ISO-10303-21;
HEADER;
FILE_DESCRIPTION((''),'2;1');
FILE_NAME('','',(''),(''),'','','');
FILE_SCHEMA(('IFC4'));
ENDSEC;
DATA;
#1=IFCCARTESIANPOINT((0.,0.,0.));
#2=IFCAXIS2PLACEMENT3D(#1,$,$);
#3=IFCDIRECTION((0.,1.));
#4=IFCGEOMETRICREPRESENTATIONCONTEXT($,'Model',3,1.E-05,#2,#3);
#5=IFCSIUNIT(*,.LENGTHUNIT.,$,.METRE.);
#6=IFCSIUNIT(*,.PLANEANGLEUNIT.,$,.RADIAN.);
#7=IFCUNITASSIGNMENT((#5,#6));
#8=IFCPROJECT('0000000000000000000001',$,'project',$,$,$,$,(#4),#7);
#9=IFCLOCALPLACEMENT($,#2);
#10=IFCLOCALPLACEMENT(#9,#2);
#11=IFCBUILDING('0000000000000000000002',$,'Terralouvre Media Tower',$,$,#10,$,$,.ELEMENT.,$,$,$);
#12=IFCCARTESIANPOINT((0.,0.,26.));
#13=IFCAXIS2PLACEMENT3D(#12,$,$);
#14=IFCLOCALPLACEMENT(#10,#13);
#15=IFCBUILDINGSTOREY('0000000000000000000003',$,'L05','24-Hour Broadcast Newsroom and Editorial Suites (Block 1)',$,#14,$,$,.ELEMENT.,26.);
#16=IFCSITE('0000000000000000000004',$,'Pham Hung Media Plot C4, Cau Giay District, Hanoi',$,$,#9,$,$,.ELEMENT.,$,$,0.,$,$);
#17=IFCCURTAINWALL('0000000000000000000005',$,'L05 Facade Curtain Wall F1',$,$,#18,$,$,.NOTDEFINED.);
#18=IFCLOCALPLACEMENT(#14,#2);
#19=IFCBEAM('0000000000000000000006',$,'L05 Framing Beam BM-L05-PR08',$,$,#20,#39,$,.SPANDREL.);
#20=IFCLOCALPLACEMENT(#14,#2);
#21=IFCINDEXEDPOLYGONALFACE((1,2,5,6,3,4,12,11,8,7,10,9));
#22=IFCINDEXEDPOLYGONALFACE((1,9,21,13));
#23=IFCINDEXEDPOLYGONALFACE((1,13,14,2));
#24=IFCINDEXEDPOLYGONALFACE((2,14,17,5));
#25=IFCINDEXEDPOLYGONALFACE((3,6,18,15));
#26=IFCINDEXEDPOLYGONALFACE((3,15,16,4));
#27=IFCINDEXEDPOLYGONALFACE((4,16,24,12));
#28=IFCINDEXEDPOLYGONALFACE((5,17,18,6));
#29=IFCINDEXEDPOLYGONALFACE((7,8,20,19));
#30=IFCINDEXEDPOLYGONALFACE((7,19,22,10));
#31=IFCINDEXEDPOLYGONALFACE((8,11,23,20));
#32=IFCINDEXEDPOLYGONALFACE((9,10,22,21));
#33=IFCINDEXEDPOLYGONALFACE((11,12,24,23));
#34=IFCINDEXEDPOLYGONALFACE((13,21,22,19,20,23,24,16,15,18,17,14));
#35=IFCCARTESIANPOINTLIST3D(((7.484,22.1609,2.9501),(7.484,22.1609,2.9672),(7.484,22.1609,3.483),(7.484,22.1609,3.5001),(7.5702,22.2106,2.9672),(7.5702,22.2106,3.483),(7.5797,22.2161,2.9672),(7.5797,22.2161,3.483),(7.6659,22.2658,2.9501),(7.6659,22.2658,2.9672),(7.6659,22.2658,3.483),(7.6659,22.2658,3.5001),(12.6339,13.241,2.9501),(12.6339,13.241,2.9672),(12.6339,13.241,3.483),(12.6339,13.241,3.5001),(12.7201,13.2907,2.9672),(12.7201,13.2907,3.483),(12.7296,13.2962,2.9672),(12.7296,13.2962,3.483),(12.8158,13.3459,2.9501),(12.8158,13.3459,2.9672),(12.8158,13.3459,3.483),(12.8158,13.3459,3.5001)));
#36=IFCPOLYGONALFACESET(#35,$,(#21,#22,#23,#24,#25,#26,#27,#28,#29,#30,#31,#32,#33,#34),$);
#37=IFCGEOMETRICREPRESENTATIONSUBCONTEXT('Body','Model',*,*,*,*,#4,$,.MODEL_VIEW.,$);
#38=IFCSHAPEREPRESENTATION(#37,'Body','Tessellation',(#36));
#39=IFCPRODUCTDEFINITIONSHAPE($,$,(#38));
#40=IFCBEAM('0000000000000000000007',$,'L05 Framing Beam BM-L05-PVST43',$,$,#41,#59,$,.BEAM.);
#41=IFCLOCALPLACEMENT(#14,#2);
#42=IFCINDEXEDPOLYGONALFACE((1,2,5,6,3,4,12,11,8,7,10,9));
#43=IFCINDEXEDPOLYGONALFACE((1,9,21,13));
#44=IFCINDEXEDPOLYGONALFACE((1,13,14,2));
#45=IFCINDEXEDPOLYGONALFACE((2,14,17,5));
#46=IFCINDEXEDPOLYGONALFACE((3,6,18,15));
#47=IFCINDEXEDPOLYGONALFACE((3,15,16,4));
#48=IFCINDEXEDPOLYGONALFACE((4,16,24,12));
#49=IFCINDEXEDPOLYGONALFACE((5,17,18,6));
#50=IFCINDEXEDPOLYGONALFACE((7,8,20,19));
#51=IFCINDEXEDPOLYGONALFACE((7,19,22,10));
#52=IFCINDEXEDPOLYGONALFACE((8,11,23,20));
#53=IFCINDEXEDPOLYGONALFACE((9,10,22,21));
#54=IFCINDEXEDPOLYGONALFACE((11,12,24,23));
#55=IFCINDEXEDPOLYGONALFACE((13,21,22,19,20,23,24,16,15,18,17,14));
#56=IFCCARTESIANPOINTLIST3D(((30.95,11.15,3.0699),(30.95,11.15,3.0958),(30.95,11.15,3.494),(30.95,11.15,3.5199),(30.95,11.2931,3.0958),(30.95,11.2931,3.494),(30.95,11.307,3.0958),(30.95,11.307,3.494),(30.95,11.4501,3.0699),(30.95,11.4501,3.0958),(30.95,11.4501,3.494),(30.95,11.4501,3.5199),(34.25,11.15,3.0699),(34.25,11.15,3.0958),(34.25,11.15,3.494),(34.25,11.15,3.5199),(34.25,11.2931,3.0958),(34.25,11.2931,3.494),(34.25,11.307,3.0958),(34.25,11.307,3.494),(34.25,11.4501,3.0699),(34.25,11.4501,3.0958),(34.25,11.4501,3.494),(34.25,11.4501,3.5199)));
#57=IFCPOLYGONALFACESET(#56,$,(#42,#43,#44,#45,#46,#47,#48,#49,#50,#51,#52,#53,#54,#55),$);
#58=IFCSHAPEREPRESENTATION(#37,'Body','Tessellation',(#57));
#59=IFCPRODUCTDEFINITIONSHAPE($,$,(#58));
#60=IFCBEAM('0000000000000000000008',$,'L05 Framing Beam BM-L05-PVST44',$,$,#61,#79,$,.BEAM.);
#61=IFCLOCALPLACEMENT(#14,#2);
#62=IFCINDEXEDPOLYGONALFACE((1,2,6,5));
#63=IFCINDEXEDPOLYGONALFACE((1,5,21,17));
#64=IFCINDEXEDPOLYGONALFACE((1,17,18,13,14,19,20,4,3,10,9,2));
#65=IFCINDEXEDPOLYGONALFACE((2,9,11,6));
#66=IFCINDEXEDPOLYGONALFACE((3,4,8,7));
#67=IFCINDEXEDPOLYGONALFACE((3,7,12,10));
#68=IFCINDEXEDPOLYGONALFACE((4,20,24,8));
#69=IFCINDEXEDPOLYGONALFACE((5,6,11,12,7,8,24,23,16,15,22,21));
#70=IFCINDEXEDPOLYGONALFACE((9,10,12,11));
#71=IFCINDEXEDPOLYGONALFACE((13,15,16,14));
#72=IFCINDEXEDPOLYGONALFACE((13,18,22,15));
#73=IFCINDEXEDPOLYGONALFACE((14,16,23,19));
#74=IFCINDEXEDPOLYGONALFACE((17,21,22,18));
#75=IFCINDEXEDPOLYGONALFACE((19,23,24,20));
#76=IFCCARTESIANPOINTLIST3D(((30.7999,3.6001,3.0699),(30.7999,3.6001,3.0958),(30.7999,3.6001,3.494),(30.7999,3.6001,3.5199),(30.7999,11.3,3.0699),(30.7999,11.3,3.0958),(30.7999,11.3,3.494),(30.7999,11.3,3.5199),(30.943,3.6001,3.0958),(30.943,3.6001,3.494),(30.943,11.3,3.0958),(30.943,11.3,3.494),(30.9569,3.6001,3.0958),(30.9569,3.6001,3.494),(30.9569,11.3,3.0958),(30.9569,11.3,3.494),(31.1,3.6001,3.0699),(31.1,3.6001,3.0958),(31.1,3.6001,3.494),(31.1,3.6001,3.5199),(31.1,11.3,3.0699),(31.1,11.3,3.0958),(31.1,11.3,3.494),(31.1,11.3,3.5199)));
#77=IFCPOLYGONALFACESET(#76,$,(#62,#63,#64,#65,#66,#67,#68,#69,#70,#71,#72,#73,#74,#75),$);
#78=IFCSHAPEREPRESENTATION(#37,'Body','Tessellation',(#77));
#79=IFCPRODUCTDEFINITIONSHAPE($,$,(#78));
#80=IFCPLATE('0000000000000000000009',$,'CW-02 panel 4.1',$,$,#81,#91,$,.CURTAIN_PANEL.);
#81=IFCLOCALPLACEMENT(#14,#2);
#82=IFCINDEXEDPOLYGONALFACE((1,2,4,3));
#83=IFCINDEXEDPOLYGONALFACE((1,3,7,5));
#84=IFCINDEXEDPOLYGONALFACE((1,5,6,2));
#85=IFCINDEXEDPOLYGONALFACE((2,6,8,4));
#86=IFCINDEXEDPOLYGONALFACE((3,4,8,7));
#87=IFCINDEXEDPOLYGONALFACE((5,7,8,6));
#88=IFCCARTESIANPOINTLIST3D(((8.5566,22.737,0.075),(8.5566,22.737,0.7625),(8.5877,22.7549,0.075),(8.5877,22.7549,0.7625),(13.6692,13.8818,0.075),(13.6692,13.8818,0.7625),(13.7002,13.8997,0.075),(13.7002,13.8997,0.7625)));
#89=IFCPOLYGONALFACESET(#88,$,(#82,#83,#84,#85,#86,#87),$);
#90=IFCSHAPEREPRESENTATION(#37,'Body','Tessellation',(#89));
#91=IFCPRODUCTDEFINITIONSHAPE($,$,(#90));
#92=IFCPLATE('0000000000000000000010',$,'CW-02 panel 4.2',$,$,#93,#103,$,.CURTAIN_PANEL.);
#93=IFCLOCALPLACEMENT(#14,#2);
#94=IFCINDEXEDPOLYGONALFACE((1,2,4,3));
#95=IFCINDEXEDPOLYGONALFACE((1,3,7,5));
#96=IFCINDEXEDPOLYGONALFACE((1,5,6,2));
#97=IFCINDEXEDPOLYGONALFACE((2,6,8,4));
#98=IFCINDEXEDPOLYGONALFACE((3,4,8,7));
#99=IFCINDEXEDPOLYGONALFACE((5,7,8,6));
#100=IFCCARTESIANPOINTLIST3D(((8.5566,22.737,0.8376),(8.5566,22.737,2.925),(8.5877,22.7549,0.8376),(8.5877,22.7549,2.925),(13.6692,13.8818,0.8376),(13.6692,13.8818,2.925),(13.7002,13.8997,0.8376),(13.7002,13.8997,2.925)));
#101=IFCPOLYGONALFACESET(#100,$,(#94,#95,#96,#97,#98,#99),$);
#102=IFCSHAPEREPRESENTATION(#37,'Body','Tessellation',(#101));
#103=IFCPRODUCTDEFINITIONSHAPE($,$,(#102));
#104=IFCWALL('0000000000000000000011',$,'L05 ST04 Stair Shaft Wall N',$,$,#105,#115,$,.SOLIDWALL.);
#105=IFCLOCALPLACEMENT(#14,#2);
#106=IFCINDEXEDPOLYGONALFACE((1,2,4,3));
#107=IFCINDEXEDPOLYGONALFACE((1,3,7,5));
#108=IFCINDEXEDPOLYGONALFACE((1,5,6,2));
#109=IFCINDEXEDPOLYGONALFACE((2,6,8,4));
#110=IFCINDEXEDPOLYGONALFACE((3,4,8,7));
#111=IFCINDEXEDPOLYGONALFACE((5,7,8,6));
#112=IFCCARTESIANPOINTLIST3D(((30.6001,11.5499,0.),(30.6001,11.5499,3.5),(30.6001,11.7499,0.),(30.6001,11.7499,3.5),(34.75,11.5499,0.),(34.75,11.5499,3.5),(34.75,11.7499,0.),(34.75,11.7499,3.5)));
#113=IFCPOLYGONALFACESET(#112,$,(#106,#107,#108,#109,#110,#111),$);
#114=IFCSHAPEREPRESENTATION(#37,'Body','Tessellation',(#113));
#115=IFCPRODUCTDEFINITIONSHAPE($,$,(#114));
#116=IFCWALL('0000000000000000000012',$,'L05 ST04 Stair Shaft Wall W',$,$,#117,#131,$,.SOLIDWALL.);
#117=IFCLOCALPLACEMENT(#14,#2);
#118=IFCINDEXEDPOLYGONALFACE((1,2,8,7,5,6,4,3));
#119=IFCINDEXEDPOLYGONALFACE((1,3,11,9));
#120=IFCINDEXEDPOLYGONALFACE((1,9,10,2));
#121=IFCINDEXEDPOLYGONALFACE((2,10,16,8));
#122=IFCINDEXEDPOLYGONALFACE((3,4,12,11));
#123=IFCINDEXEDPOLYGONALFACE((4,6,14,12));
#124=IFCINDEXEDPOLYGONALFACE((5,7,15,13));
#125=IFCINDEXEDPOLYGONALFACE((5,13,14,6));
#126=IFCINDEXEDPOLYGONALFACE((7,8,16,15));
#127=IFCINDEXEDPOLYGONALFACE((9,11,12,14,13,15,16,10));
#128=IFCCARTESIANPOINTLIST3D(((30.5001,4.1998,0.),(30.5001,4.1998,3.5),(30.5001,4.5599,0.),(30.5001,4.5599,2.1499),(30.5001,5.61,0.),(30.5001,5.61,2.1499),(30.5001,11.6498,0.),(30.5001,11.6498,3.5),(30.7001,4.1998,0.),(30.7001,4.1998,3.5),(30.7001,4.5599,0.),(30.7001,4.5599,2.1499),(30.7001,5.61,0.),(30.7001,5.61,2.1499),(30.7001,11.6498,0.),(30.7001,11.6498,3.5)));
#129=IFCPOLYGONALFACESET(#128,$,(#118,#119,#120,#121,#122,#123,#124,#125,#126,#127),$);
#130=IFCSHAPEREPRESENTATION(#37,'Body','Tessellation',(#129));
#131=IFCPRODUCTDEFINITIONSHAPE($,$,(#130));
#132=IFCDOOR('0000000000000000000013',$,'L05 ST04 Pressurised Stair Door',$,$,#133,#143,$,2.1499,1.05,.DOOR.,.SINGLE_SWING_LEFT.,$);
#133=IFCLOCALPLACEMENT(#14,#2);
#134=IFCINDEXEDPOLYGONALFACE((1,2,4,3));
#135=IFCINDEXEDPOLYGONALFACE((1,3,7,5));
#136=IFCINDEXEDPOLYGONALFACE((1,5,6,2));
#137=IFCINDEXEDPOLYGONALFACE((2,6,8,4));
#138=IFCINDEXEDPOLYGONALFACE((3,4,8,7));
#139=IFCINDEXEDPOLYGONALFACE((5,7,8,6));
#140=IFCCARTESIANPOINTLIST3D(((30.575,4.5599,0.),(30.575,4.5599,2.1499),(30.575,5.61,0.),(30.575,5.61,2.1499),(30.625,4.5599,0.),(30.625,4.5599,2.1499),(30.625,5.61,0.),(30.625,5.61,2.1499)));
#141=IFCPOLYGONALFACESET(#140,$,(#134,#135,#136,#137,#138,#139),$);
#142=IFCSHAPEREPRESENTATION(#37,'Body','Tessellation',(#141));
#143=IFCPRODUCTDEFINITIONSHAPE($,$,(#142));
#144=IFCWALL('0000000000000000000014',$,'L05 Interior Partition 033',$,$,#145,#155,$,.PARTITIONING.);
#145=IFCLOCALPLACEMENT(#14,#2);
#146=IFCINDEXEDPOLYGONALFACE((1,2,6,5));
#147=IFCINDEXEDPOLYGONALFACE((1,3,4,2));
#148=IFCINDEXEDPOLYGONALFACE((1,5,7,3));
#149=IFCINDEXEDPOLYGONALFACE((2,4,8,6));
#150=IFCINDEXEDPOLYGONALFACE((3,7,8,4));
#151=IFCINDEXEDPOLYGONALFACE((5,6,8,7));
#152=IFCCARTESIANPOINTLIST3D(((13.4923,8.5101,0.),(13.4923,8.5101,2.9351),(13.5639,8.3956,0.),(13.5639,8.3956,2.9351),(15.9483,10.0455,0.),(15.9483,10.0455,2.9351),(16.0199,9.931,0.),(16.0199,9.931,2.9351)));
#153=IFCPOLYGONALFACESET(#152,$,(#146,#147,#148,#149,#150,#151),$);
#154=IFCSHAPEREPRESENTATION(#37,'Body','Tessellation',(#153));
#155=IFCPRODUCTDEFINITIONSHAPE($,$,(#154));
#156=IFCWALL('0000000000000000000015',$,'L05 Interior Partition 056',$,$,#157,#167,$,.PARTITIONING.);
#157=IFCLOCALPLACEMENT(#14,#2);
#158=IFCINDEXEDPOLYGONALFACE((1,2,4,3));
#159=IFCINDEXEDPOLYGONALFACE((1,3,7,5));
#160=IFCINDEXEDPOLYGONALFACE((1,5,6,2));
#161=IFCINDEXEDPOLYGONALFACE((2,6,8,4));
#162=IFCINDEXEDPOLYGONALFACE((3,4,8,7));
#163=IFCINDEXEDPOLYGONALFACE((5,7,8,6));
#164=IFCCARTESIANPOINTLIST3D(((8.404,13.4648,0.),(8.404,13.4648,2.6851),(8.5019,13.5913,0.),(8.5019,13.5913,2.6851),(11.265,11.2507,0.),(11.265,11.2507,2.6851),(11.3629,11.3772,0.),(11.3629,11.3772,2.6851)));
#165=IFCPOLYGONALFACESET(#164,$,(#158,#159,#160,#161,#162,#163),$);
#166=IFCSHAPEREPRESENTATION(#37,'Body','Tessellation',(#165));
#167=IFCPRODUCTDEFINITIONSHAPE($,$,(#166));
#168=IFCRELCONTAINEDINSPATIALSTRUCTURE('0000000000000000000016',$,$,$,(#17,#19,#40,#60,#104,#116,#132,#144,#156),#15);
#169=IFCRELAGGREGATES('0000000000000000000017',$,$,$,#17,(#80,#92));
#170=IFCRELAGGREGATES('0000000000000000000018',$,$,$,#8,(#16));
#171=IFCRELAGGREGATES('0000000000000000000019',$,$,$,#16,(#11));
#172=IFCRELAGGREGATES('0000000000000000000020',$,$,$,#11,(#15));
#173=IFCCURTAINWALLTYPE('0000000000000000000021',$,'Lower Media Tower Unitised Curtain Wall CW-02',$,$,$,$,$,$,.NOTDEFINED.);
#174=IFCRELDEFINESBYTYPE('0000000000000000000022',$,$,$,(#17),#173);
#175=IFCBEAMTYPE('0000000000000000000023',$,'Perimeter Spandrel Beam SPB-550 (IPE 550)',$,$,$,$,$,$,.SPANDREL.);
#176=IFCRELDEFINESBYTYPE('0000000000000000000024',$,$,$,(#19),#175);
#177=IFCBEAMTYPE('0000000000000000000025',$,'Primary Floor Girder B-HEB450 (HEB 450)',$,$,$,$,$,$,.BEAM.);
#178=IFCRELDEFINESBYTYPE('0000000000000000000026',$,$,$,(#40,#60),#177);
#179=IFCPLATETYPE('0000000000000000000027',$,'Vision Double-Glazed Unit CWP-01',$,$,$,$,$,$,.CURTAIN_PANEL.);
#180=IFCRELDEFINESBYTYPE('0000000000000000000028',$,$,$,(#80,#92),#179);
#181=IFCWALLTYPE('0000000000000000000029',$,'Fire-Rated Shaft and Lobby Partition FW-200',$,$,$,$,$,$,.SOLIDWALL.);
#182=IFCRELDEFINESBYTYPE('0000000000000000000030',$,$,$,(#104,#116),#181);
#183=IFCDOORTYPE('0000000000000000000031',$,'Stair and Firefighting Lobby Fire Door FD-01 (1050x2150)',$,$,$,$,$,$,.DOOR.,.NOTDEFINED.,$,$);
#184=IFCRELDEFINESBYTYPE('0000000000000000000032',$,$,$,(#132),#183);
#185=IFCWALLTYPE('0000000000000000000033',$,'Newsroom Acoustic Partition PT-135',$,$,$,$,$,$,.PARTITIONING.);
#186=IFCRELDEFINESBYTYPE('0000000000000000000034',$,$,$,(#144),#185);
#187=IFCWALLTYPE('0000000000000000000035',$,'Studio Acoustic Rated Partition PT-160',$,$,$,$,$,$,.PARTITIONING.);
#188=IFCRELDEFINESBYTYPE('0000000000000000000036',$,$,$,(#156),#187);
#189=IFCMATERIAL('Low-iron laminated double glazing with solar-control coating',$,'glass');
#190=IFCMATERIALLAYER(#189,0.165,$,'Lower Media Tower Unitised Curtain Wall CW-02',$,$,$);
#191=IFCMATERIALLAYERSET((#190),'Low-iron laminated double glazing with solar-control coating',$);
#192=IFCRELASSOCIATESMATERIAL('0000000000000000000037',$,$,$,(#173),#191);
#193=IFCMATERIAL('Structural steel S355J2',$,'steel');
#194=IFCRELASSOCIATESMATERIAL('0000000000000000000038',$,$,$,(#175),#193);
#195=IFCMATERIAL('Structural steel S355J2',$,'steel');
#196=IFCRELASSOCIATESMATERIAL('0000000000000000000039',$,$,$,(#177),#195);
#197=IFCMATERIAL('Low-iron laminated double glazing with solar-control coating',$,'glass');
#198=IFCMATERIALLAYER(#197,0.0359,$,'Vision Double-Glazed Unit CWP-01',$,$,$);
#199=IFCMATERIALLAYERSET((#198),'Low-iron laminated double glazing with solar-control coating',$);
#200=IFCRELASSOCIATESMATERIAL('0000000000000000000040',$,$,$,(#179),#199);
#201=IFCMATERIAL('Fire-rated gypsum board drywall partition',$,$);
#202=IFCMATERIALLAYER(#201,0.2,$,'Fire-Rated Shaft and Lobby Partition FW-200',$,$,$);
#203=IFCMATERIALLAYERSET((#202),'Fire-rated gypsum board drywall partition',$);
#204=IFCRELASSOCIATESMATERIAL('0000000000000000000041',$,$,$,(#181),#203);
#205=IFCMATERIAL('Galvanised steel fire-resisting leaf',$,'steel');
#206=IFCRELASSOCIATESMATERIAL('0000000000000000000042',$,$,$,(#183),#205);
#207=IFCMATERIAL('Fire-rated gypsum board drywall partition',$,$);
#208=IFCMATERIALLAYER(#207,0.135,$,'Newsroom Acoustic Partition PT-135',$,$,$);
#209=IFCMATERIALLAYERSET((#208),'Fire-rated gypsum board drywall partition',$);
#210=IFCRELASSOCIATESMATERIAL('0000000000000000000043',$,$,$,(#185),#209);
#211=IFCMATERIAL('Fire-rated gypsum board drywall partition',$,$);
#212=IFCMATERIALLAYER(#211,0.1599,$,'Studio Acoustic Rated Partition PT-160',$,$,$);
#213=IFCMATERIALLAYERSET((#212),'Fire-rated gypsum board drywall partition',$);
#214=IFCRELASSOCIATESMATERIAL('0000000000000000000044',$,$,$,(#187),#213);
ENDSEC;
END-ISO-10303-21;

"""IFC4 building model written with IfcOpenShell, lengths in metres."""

from ifc_helpers import new_model, si_unit, direction, frame, frame_2d, origin, origin_2d, place, context, subcontext, project, spatial, rectangle, i_section, extrude, material, layer, layer_set, material_profile, profile_set, type_object, element, fill, aggregate, save


model = new_model("IFC4")

# Units and contexts
model_context = context("Model", 3, precision=1e-05, world=origin(), true_north=direction((0.0, 1.0)))
body_context = subcontext(model_context, "Body", "Model", "MODEL_VIEW")
ifc_project = project(units=[si_unit("LENGTHUNIT", "METRE"), si_unit("PLANEANGLEUNIT", "RADIAN")], contexts=[model_context])

# Site, building, storey
site_placement = place(None, origin())
site = spatial("IfcSite", under=ifc_project, at=site_placement, Name="Pham Hung Media Plot C4, Cau Giay District, Hanoi", CompositionType="ELEMENT", RefElevation=0.0)
building_placement = place(site_placement, origin())
building = spatial("IfcBuilding", under=site, at=building_placement, Name="Terralouvre Media Tower", CompositionType="ELEMENT")
storey_placement = place(building_placement, frame((0.0, 0.0, 26.0)))
storey = spatial("IfcBuildingStorey", under=building, at=storey_placement, Name="L05", Description="24-Hour Broadcast Newsroom and Editorial Suites (Block 1)", CompositionType="ELEMENT", Elevation=26.0)

# Curtain wall
ifc_material_1 = material(Name="Low-iron laminated double glazing with solar-control coating", Category="glass")
ifc_layer_1 = layer(ifc_material_1, 0.165, Name="Lower Media Tower Unitised Curtain Wall CW-02")
ifc_layer_set_1 = layer_set([ifc_layer_1], Name="Low-iron laminated double glazing with solar-control coating")
curtain_wall_type = type_object("IfcCurtainWallType", Name="Lower Media Tower Unitised Curtain Wall CW-02", PredefinedType="NOTDEFINED", material=ifc_layer_set_1)
curtain_wall_placement = place(storey_placement, origin())
curtain_wall = element("IfcCurtainWall", 1, at=curtain_wall_placement, inside=storey, type_object=curtain_wall_type, Name="L05 Facade Curtain Wall F1", PredefinedType="NOTDEFINED")

# Beams
ifc_material_2 = material(Name="Structural steel S355J2", Category="steel")
ifc_material_profile_1 = material_profile(ifc_material_2, i_section(OverallWidth=0.21, OverallDepth=0.55, WebThickness=0.011, FlangeThickness=0.0171, at=origin_2d()), Name="IPE 550")
ifc_profile_set_1 = profile_set([ifc_material_profile_1], Name="Structural steel S355J2")
beam_type_1 = type_object("IfcBeamType", Name="Perimeter Spandrel Beam SPB-550 (IPE 550)", PredefinedType="SPANDREL", material=ifc_profile_set_1)
beam_1_placement = place(storey_placement, frame((12.7249, 13.2935, 3.2251), z_axis=(-0.499999, 0.866026, 0.0), x_axis=(-0.866026, -0.499999, 0.0)))
element("IfcBeam", 2, at=beam_1_placement, inside=storey, type_object=beam_type_1, Name="L05 Framing Beam BM-L05-PR08", PredefinedType="SPANDREL", context=body_context, shape_type="SweptSolid", body=[
    extrude(i_section(OverallWidth=0.21, OverallDepth=0.55, WebThickness=0.011, FlangeThickness=0.0171, at=origin_2d()), origin(), (0.0, 0.0, 1.0), 10.2998),
])
ifc_material_3 = material(Name="Structural steel S355J2", Category="steel")
ifc_material_profile_2 = material_profile(ifc_material_3, i_section(OverallWidth=0.3, OverallDepth=0.45, WebThickness=0.0139, FlangeThickness=0.0259, at=origin_2d()), Name="HEB 450")
ifc_profile_set_2 = profile_set([ifc_material_profile_2], Name="Structural steel S355J2")
beam_type_2 = type_object("IfcBeamType", Name="Primary Floor Girder B-HEB450 (HEB 450)", PredefinedType="BEAM", material=ifc_profile_set_2)
beam_2_placement = place(storey_placement, frame((34.25, 11.3, 3.2949), z_axis=(-1.0, 0.0, 0.0), x_axis=(0.0, -1.0, 0.0)))
element("IfcBeam", 3, at=beam_2_placement, inside=storey, type_object=beam_type_2, Name="L05 Framing Beam BM-L05-PVST43", PredefinedType="BEAM", context=body_context, shape_type="SweptSolid", body=[
    extrude(i_section(OverallWidth=0.3, OverallDepth=0.45, WebThickness=0.0139, FlangeThickness=0.0259, at=origin_2d()), origin(), (0.0, 0.0, 1.0), 3.3),
])
beam_3_placement = place(storey_placement, frame((30.95, 11.3, 3.2949), z_axis=(0.0, -1.0, 0.0), x_axis=(1.0, 0.0, 0.0)))
element("IfcBeam", 4, at=beam_3_placement, inside=storey, type_object=beam_type_2, Name="L05 Framing Beam BM-L05-PVST44", PredefinedType="BEAM", context=body_context, shape_type="SweptSolid", body=[
    extrude(i_section(OverallWidth=0.3, OverallDepth=0.45, WebThickness=0.0139, FlangeThickness=0.0259, at=origin_2d()), origin(), (0.0, 0.0, 1.0), 7.7),
])

# Plates
ifc_material_4 = material(Name="Low-iron laminated double glazing with solar-control coating", Category="glass")
ifc_layer_2 = layer(ifc_material_4, 0.0359, Name="Vision Double-Glazed Unit CWP-01")
ifc_layer_set_2 = layer_set([ifc_layer_2], Name="Low-iron laminated double glazing with solar-control coating")
plate_type = type_object("IfcPlateType", Name="Vision Double-Glazed Unit CWP-01", PredefinedType="CURTAIN_PANEL", material=ifc_layer_set_2)
plate_1_placement = place(storey_placement, frame((11.1284, 18.3184, 0.075), z_axis=(0.0, 0.0, 1.0), x_axis=(-0.5, 0.866025, 0.0)))
plate_1 = element("IfcPlate", 5, at=plate_1_placement, type_object=plate_type, Name="CW-02 panel 4.1", PredefinedType="CURTAIN_PANEL", context=body_context, shape_type="SweptSolid", body=[
    extrude(rectangle(XDim=10.2251, YDim=0.0359, at=origin_2d()), origin(), (0.0, 0.0, 1.0), 0.6875),
])
plate_2_placement = place(storey_placement, frame((11.1284, 18.3184, 0.8376), z_axis=(0.0, 0.0, 1.0), x_axis=(-0.5, 0.866025, 0.0)))
plate_2 = element("IfcPlate", 6, at=plate_2_placement, type_object=plate_type, Name="CW-02 panel 4.2", PredefinedType="CURTAIN_PANEL", context=body_context, shape_type="SweptSolid", body=[
    extrude(rectangle(XDim=10.2251, YDim=0.0359, at=origin_2d()), origin(), (0.0, 0.0, 1.0), 2.0874),
])
aggregate(curtain_wall, [plate_1, plate_2])

# Wall
ifc_material_5 = material(Name="Fire-rated gypsum board drywall partition")
ifc_layer_3 = layer(ifc_material_5, 0.2, Name="Fire-Rated Shaft and Lobby Partition FW-200")
ifc_layer_set_3 = layer_set([ifc_layer_3], Name="Fire-rated gypsum board drywall partition")
wall_type_1 = type_object("IfcWallType", Name="Fire-Rated Shaft and Lobby Partition FW-200", PredefinedType="SOLIDWALL", material=ifc_layer_set_3)
wall_1_placement = place(storey_placement, frame((34.75, 11.6499, 0.0), z_axis=(0.0, 0.0, 1.0), x_axis=(-1.0, 0.0, 0.0)))
element("IfcWall", 7, at=wall_1_placement, inside=storey, type_object=wall_type_1, Name="L05 ST04 Stair Shaft Wall N", PredefinedType="SOLIDWALL", context=body_context, shape_type="SweptSolid", body=[
    extrude(rectangle(XDim=4.1499, YDim=0.2, at=frame_2d((2.075, 0.0))), origin(), (0.0, 0.0, 1.0), 3.5),
])

# Wall, opening, door
wall_2_placement = place(storey_placement, frame((30.6001, 11.6499, 0.0), z_axis=(0.0, 0.0, 1.0), x_axis=(0.0, -1.0, 0.0)))
wall_2 = element("IfcWall", 8, at=wall_2_placement, inside=storey, type_object=wall_type_1, Name="L05 ST04 Stair Shaft Wall W", PredefinedType="SOLIDWALL", context=body_context, shape_type="SweptSolid", body=[
    extrude(rectangle(XDim=7.45, YDim=0.2, at=frame_2d((3.7251, 0.0))), origin(), (0.0, 0.0, 1.0), 3.5),
])
opening_placement = place(wall_2_placement, frame((6.04, 0.0, 0.0)))
opening = element("IfcOpeningElement", 9, at=opening_placement, cuts=wall_2, PredefinedType="OPENING", context=body_context, shape_type="SweptSolid", body=[
    extrude(rectangle(XDim=1.05, YDim=2.1499, at=frame_2d((0.5249, 1.075))), frame((0.0, 0.1099, 0.0), z_axis=(0.0, -1.0, 0.0), x_axis=(1.0, 0.0, 0.0)), (0.0, 0.0, 1.0), 0.22),
])
ifc_material_6 = material(Name="Galvanised steel fire-resisting leaf", Category="steel")
door_type = type_object("IfcDoorType", Name="Stair and Firefighting Lobby Fire Door FD-01 (1050x2150)", OperationType="NOTDEFINED", PredefinedType="DOOR", material=ifc_material_6)
door_placement = place(opening_placement, origin())
door = element("IfcDoor", 10, at=door_placement, inside=storey, type_object=door_type, Name="L05 ST04 Pressurised Stair Door", OperationType="SINGLE_SWING_LEFT", OverallHeight=2.1499, OverallWidth=1.05, PredefinedType="DOOR", context=body_context, shape_type="SweptSolid", body=[
    extrude(rectangle(XDim=1.05, YDim=2.1499, at=frame_2d((0.5249, 1.075))), frame((0.0, 0.0249, 0.0), z_axis=(0.0, -1.0, 0.0), x_axis=(1.0, 0.0, 0.0)), (0.0, 0.0, 1.0), 0.05),
])
fill(opening, door)

# Walls
ifc_material_7 = material(Name="Fire-rated gypsum board drywall partition")
ifc_layer_4 = layer(ifc_material_7, 0.135, Name="Newsroom Acoustic Partition PT-135")
ifc_layer_set_4 = layer_set([ifc_layer_4], Name="Fire-rated gypsum board drywall partition")
wall_type_2 = type_object("IfcWallType", Name="Newsroom Acoustic Partition PT-135", PredefinedType="PARTITIONING", material=ifc_layer_set_4)
wall_3_placement = place(storey_placement, frame((15.9841, 9.9883, 0.0), z_axis=(0.0, 0.0, 1.0), x_axis=(-0.847941, -0.53009, 0.0)))
element("IfcWall", 11, at=wall_3_placement, inside=storey, type_object=wall_type_2, Name="L05 Interior Partition 033", PredefinedType="PARTITIONING", context=body_context, shape_type="SweptSolid", body=[
    extrude(rectangle(XDim=2.8965, YDim=0.135, at=frame_2d((1.4482, 0.0))), origin(), (0.0, 0.0, 1.0), 2.9351),
])
ifc_material_8 = material(Name="Fire-rated gypsum board drywall partition")
ifc_layer_5 = layer(ifc_material_8, 0.1599, Name="Studio Acoustic Rated Partition PT-160")
ifc_layer_set_5 = layer_set([ifc_layer_5], Name="Fire-rated gypsum board drywall partition")
wall_type_3 = type_object("IfcWallType", Name="Studio Acoustic Rated Partition PT-160", PredefinedType="PARTITIONING", material=ifc_layer_set_5)
wall_4_placement = place(storey_placement, frame((11.314, 11.314, 0.0), z_axis=(0.0, 0.0, 1.0), x_axis=(-0.790847, 0.612014, 0.0)))
element("IfcWall", 12, at=wall_4_placement, inside=storey, type_object=wall_type_3, Name="L05 Interior Partition 056", PredefinedType="PARTITIONING", context=body_context, shape_type="SweptSolid", body=[
    extrude(rectangle(XDim=3.6177, YDim=0.1599, at=frame_2d((1.8088, 0.0))), origin(), (0.0, 0.0, 1.0), 2.6851),
])

save(model, "model.ifc")
